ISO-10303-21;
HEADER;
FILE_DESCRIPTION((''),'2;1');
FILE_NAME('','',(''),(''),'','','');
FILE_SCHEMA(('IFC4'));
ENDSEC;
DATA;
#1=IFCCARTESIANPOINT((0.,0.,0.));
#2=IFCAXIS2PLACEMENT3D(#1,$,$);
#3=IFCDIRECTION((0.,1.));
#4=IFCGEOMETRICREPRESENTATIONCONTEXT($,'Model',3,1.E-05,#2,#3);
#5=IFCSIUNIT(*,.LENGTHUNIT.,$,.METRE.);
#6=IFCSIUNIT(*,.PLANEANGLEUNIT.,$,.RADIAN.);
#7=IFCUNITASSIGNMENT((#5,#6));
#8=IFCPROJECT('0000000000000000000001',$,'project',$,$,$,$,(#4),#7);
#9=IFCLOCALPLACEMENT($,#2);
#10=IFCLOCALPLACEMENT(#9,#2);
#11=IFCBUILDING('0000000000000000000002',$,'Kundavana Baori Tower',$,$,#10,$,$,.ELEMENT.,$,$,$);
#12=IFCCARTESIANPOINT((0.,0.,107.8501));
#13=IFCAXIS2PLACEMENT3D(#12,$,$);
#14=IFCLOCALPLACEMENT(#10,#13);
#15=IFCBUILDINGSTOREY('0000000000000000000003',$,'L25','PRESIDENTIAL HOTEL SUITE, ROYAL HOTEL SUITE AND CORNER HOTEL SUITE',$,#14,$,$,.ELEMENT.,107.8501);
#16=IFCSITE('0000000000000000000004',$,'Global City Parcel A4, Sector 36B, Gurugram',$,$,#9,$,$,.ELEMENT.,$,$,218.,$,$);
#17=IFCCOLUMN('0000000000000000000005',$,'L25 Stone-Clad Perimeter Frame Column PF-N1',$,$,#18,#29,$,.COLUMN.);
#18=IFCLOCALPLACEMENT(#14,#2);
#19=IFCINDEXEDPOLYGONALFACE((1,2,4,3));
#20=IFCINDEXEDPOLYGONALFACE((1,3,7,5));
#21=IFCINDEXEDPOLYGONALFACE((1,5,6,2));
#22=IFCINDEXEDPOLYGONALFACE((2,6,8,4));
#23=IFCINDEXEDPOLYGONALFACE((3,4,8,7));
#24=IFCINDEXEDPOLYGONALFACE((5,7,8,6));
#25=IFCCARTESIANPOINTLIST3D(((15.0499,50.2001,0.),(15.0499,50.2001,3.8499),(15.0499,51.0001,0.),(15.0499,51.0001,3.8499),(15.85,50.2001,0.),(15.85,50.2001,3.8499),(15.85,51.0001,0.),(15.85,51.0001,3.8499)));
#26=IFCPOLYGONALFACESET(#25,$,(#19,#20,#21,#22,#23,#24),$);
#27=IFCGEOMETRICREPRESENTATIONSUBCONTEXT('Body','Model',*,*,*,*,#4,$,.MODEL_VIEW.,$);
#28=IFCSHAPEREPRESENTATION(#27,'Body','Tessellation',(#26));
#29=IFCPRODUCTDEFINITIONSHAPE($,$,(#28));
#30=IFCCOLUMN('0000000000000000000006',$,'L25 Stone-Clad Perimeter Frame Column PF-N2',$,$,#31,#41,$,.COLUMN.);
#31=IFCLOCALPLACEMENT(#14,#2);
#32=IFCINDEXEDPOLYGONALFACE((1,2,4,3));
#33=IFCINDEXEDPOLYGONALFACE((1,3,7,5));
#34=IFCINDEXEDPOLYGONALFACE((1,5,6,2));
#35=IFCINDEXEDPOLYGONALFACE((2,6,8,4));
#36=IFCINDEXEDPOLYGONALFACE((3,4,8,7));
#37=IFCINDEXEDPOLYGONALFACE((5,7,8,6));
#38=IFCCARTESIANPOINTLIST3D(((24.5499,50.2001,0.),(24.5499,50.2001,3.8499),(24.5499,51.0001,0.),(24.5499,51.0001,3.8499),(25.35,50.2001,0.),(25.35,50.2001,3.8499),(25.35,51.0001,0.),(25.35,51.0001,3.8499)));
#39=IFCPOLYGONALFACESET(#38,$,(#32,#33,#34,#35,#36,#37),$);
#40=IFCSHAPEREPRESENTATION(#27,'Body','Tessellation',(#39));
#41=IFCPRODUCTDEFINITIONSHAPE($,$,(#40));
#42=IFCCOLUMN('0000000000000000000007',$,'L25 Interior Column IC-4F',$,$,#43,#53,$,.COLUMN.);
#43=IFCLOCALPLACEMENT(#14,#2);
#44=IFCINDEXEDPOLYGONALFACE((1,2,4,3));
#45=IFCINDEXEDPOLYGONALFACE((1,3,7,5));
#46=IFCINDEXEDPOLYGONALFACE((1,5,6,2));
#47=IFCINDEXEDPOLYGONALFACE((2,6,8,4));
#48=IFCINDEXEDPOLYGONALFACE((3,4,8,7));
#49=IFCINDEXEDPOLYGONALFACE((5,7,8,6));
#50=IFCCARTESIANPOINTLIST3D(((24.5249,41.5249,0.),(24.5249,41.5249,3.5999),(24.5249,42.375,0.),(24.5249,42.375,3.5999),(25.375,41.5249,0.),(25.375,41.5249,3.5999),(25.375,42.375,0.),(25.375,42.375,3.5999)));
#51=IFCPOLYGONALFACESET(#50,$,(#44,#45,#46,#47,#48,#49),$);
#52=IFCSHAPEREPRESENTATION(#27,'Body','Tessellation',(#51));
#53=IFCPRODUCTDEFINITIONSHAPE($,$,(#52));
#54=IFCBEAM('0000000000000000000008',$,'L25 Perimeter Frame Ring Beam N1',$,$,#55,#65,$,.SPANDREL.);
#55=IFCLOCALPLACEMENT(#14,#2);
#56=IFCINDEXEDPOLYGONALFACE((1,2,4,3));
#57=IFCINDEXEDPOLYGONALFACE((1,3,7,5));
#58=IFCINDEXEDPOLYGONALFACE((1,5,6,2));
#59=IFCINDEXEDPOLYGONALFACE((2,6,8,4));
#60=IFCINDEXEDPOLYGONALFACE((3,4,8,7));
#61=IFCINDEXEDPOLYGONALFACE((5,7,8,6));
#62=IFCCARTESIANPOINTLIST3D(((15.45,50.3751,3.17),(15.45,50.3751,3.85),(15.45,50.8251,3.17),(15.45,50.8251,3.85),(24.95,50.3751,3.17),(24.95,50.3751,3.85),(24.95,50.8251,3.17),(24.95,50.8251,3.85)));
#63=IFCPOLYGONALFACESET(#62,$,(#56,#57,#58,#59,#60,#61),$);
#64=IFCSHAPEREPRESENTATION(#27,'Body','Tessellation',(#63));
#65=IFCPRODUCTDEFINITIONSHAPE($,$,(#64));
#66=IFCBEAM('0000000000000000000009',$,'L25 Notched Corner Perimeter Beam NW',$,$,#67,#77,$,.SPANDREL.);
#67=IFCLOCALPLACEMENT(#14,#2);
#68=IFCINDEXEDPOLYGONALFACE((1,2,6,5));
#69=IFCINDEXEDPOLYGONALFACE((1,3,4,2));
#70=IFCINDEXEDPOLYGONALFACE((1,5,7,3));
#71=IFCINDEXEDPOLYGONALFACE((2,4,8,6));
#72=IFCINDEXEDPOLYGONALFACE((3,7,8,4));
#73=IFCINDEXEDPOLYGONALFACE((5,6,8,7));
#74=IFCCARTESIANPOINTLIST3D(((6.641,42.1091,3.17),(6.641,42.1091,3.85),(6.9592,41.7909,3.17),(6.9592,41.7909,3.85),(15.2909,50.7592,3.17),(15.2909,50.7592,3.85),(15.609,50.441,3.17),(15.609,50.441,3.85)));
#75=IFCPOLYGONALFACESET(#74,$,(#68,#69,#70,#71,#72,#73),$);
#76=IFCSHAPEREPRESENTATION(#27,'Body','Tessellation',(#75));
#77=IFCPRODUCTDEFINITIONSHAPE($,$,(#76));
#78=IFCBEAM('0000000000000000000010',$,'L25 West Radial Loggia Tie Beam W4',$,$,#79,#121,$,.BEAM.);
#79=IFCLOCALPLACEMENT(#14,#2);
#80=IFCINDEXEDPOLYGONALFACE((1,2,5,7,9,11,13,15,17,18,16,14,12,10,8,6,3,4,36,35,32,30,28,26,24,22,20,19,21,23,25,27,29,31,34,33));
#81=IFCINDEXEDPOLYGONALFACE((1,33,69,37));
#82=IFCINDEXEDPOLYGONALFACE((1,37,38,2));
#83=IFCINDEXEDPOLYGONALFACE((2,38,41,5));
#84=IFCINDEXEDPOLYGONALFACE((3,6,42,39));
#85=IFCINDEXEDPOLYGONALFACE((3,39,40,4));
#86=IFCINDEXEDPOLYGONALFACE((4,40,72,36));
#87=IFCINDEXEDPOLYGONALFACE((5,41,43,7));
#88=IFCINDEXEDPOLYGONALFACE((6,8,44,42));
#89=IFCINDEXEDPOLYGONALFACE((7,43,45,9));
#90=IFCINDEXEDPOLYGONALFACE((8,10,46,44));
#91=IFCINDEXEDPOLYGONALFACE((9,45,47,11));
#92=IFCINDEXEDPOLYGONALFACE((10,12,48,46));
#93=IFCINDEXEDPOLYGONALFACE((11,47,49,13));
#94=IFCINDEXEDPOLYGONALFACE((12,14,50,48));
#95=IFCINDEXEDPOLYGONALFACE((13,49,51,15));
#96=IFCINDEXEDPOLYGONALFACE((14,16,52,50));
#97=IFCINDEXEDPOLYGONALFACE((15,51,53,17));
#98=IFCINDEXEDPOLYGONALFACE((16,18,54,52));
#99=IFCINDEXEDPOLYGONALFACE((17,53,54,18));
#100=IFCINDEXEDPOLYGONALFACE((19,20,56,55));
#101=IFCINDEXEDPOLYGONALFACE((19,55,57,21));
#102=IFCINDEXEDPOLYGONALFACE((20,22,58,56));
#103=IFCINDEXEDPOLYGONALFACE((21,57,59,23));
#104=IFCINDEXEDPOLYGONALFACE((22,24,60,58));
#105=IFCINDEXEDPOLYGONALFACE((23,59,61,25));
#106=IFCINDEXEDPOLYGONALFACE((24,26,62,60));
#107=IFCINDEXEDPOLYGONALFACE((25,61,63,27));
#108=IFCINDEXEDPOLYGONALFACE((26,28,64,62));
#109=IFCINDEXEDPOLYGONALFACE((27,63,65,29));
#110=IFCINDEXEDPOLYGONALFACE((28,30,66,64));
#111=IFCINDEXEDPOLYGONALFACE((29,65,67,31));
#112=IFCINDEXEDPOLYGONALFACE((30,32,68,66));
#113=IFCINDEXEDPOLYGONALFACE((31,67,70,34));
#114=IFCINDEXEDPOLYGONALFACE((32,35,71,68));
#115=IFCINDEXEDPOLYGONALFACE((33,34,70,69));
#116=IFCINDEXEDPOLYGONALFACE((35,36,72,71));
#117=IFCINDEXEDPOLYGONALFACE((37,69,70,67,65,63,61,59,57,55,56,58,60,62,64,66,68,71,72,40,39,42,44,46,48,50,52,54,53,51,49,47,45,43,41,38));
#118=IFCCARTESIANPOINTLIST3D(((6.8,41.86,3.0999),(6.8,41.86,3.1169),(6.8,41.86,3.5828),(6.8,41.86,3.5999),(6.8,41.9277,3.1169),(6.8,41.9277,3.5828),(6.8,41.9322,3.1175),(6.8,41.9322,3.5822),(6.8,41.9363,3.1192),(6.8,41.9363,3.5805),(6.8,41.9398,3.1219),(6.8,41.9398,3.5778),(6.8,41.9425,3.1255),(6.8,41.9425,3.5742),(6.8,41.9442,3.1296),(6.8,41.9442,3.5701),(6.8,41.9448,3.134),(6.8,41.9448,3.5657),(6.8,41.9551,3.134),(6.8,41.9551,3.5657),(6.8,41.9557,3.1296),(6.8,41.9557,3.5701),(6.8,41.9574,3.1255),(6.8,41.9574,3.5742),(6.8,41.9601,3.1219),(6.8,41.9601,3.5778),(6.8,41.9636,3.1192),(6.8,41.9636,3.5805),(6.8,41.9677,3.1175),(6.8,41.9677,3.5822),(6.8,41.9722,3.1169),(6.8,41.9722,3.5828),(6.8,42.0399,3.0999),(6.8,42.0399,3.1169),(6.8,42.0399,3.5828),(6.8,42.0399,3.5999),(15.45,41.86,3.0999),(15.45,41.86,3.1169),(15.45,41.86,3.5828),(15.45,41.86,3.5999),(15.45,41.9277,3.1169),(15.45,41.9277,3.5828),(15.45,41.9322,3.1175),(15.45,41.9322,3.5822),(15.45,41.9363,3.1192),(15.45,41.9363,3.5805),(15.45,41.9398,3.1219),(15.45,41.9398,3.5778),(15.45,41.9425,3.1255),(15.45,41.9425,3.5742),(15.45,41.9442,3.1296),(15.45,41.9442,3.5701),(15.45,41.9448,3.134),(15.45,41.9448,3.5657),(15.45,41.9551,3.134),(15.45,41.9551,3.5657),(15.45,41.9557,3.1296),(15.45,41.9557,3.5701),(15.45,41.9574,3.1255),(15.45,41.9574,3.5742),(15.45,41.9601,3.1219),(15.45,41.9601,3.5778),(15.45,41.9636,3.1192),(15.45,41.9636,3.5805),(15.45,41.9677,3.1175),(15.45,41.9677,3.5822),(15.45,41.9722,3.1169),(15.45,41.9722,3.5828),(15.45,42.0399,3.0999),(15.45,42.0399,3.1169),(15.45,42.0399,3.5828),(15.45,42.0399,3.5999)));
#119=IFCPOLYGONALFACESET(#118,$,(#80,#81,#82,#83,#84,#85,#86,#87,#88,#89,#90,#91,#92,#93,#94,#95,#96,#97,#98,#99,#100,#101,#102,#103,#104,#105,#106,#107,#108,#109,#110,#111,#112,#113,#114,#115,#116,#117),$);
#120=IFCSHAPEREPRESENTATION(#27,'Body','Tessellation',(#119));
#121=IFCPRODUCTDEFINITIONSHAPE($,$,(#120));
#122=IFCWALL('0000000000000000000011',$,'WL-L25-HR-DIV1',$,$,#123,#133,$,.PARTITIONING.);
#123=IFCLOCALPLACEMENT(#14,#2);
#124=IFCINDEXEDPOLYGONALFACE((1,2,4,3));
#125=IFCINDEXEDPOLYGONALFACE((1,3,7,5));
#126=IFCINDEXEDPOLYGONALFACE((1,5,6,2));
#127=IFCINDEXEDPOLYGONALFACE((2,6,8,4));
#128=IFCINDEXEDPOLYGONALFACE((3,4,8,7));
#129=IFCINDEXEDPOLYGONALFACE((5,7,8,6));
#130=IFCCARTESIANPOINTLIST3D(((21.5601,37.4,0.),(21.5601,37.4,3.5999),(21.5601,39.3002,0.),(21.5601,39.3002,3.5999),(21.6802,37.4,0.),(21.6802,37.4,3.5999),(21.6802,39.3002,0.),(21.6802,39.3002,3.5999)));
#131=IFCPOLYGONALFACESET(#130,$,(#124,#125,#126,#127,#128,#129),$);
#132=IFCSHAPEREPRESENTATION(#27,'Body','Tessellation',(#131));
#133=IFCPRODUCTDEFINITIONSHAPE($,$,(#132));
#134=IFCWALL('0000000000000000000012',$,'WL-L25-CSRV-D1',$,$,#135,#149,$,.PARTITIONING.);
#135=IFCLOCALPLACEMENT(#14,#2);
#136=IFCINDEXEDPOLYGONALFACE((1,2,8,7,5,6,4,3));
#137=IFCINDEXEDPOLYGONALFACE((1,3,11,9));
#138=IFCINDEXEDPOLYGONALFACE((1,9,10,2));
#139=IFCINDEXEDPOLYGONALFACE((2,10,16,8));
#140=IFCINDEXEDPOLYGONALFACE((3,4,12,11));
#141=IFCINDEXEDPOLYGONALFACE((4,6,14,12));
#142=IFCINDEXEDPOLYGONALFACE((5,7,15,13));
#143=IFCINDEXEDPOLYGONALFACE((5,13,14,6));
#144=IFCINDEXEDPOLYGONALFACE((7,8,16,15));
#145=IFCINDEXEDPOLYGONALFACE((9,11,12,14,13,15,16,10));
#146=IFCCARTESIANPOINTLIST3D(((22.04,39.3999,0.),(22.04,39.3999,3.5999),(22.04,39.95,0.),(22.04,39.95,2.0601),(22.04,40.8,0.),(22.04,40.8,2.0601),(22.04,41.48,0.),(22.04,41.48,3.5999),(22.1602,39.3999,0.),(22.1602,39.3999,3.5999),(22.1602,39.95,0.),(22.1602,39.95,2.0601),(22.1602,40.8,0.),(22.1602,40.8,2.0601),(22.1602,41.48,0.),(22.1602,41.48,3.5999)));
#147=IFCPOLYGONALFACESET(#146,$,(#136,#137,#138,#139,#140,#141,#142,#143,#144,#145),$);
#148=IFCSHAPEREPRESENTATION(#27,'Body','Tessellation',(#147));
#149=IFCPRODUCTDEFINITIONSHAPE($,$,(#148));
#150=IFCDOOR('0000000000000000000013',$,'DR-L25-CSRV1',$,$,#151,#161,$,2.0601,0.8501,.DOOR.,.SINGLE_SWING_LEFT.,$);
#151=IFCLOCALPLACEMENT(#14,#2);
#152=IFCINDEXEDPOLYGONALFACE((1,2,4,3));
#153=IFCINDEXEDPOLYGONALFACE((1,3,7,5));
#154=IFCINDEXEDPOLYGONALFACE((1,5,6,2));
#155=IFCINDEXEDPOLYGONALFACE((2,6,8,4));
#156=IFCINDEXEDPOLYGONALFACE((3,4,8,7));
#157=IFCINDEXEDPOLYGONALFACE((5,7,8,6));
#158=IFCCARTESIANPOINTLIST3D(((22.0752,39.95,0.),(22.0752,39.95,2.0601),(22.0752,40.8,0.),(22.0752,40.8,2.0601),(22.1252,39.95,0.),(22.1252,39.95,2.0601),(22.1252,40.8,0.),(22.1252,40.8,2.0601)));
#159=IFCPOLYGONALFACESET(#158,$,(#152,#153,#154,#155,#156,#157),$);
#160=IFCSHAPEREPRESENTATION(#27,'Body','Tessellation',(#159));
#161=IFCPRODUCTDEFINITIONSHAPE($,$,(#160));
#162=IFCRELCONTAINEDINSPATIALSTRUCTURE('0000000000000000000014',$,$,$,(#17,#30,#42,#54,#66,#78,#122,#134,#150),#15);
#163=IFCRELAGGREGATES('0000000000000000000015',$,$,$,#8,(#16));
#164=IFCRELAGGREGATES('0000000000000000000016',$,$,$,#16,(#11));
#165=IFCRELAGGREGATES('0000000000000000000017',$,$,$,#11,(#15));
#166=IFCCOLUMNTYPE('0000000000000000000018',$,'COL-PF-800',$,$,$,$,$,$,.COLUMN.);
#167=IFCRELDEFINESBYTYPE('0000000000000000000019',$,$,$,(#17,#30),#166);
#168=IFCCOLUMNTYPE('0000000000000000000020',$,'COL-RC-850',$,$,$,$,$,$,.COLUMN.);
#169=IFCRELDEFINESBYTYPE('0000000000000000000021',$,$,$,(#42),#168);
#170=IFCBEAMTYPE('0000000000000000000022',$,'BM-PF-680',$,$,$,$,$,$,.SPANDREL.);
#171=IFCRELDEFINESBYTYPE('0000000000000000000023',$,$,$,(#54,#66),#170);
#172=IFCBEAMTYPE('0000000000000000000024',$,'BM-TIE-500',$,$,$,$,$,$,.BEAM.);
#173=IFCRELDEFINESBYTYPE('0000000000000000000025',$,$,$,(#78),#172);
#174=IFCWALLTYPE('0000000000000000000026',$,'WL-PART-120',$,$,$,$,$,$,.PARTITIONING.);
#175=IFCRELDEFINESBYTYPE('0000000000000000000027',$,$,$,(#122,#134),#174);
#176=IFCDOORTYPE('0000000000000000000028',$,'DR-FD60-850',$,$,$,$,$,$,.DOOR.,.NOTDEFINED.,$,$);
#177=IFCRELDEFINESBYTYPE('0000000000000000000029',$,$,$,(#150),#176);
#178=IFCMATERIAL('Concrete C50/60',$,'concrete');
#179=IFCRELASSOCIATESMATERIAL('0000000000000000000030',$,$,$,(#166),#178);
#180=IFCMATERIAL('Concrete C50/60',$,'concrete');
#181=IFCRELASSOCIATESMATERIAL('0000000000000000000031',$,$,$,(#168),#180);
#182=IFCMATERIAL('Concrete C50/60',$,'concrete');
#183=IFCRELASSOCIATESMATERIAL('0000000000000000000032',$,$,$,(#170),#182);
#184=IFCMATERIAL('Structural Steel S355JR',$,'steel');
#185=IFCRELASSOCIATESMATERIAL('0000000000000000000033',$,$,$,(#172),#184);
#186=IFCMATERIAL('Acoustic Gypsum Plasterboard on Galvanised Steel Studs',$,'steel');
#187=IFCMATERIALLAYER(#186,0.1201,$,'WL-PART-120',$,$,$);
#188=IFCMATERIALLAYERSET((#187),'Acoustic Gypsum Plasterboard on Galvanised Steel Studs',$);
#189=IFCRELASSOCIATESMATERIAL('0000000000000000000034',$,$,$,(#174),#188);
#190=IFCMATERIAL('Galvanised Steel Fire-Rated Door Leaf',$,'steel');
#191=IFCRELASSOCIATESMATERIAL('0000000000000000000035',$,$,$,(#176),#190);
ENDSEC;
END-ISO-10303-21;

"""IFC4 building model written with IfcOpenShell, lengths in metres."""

from ifc_helpers import new_model, si_unit, direction, frame, frame_2d, origin, origin_2d, place, context, subcontext, project, spatial, rectangle, i_section, extrude, material, layer, layer_set, material_profile, profile_set, type_object, element, fill, save


model = new_model("IFC4")

# Units and contexts
model_context = context("Model", 3, precision=1e-05, world=origin(), true_north=direction((0.0, 1.0)))
body_context = subcontext(model_context, "Body", "Model", "MODEL_VIEW")
ifc_project = project(units=[si_unit("LENGTHUNIT", "METRE"), si_unit("PLANEANGLEUNIT", "RADIAN")], contexts=[model_context])

# Site, building, storey
site_placement = place(None, origin())
site = spatial("IfcSite", under=ifc_project, at=site_placement, Name="Global City Parcel A4, Sector 36B, Gurugram", CompositionType="ELEMENT", RefElevation=218.0)
building_placement = place(site_placement, origin())
building = spatial("IfcBuilding", under=site, at=building_placement, Name="Kundavana Baori Tower", CompositionType="ELEMENT")
storey_placement = place(building_placement, frame((0.0, 0.0, 107.8501)))
storey = spatial("IfcBuildingStorey", under=building, at=storey_placement, Name="L25", Description="PRESIDENTIAL HOTEL SUITE, ROYAL HOTEL SUITE AND CORNER HOTEL SUITE", CompositionType="ELEMENT", Elevation=107.8501)

# Columns
ifc_material_1 = material(Name="Concrete C50/60", Category="concrete")
ifc_material_profile_1 = material_profile(ifc_material_1, rectangle(XDim=0.8, YDim=0.8, at=origin_2d()), Name="RC PF 800x800")
ifc_profile_set_1 = profile_set([ifc_material_profile_1], Name="Concrete C50/60")
column_type_1 = type_object("IfcColumnType", Name="COL-PF-800", PredefinedType="COLUMN", material=ifc_profile_set_1)
for number, where, z_axis, x_axis, name in (
    (1, (15.45, 50.6001, 0.0), (0.0, 0.0, 1.0), (1.0, 0.0, 0.0), "L25 Stone-Clad Perimeter Frame Column PF-N1"),
    (2, (24.95, 50.6001, 0.0), (0.0, 0.0, 1.0), (1.0, 0.0, 0.0), "L25 Stone-Clad Perimeter Frame Column PF-N2"),
):
    element("IfcColumn", number, at=place(storey_placement, frame(where, z_axis=z_axis, x_axis=x_axis)), inside=storey, type_object=column_type_1, Name=name, PredefinedType="COLUMN", context=body_context, shape_type="SweptSolid", body=[
        extrude(rectangle(XDim=0.8, YDim=0.8, at=origin_2d()), origin(), (0.0, 0.0, 1.0), 3.8499),
    ])
ifc_material_2 = material(Name="Concrete C50/60", Category="concrete")
ifc_material_profile_2 = material_profile(ifc_material_2, rectangle(XDim=0.8501, YDim=0.8501, at=origin_2d()), Name="RC 850x850")
ifc_profile_set_2 = profile_set([ifc_material_profile_2], Name="Concrete C50/60")
column_type_2 = type_object("IfcColumnType", Name="COL-RC-850", PredefinedType="COLUMN", material=ifc_profile_set_2)
column_placement = place(storey_placement, frame((24.95, 41.95, 0.0), z_axis=(0.0, 0.0, 1.0), x_axis=(1.0, 0.0, 0.0)))
element("IfcColumn", 3, at=column_placement, inside=storey, type_object=column_type_2, Name="L25 Interior Column IC-4F", PredefinedType="COLUMN", context=body_context, shape_type="SweptSolid", body=[
    extrude(rectangle(XDim=0.8501, YDim=0.8501, at=origin_2d()), origin(), (0.0, 0.0, 1.0), 3.5999),
])

# Beams
ifc_material_3 = material(Name="Concrete C50/60", Category="concrete")
ifc_material_profile_3 = material_profile(ifc_material_3, rectangle(XDim=0.45, YDim=0.6799, at=origin_2d()), Name="RC BM 450x680")
ifc_profile_set_3 = profile_set([ifc_material_profile_3], Name="Concrete C50/60")
beam_type_1 = type_object("IfcBeamType", Name="BM-PF-680", PredefinedType="SPANDREL", material=ifc_profile_set_3)
beam_1_placement = place(storey_placement, frame((15.45, 50.6001, 3.51), z_axis=(1.0, 0.0, 0.0), x_axis=(0.0, 1.0, 0.0)))
element("IfcBeam", 4, at=beam_1_placement, inside=storey, type_object=beam_type_1, Name="L25 Perimeter Frame Ring Beam N1", PredefinedType="SPANDREL", context=body_context, shape_type="SweptSolid", body=[
    extrude(rectangle(XDim=0.45, YDim=0.6799, at=origin_2d()), origin(), (0.0, 0.0, 1.0), 9.5),
])
beam_2_placement = place(storey_placement, frame((15.45, 50.6001, 3.51), z_axis=(-0.707097, -0.707117, 0.0), x_axis=(0.707117, -0.707097, 0.0)))
element("IfcBeam", 5, at=beam_2_placement, inside=storey, type_object=beam_type_1, Name="L25 Notched Corner Perimeter Beam NW", PredefinedType="SPANDREL", context=body_context, shape_type="SweptSolid", body=[
    extrude(rectangle(XDim=0.45, YDim=0.6799, at=origin_2d()), origin(), (0.0, 0.0, 1.0), 12.2329),
])
ifc_material_4 = material(Name="Structural Steel S355JR", Category="steel")
ifc_material_profile_4 = material_profile(ifc_material_4, i_section(OverallWidth=0.1799, OverallDepth=0.5, WebThickness=0.0103, FlangeThickness=0.0171, FilletRadius=0.0171, at=origin_2d()), Name="ISMB 500")
ifc_profile_set_4 = profile_set([ifc_material_profile_4], Name="Structural Steel S355JR")
beam_type_2 = type_object("IfcBeamType", Name="BM-TIE-500", PredefinedType="BEAM", material=ifc_profile_set_4)
beam_3_placement = place(storey_placement, frame((15.45, 41.95, 3.3499), z_axis=(-1.0, 0.0, 0.0), x_axis=(0.0, -1.0, 0.0)))
element("IfcBeam", 6, at=beam_3_placement, inside=storey, type_object=beam_type_2, Name="L25 West Radial Loggia Tie Beam W4", PredefinedType="BEAM", context=body_context, shape_type="SweptSolid", body=[
    extrude(i_section(OverallWidth=0.1799, OverallDepth=0.5, WebThickness=0.0103, FlangeThickness=0.0171, FilletRadius=0.0171, at=origin_2d()), origin(), (0.0, 0.0, 1.0), 8.6499),
])

# Wall
ifc_material_5 = material(Name="Acoustic Gypsum Plasterboard on Galvanised Steel Studs", Category="steel")
ifc_layer_1 = layer(ifc_material_5, 0.1201, Name="WL-PART-120")
ifc_layer_set_1 = layer_set([ifc_layer_1], Name="Acoustic Gypsum Plasterboard on Galvanised Steel Studs")
wall_type_1 = type_object("IfcWallType", Name="WL-PART-120", PredefinedType="PARTITIONING", material=ifc_layer_set_1)
wall_1_placement = place(storey_placement, frame((21.6201, 37.3999, 0.0), z_axis=(0.0, 0.0, 1.0), x_axis=(0.0, 1.0, 0.0)))
element("IfcWall", 7, at=wall_1_placement, inside=storey, type_object=wall_type_1, Name="WL-L25-HR-DIV1", PredefinedType="PARTITIONING", context=body_context, shape_type="SweptSolid", body=[
    extrude(rectangle(XDim=1.9001, YDim=0.1201, at=frame_2d((0.9502, 0.0))), origin(), (0.0, 0.0, 1.0), 3.5999),
])

# Wall, opening, door
wall_2_placement = place(storey_placement, frame((22.1001, 39.3999, 0.0), z_axis=(0.0, 0.0, 1.0), x_axis=(0.0, 1.0, 0.0)))
wall_2 = element("IfcWall", 8, at=wall_2_placement, inside=storey, type_object=wall_type_1, Name="WL-L25-CSRV-D1", PredefinedType="PARTITIONING", context=body_context, shape_type="SweptSolid", body=[
    extrude(rectangle(XDim=2.0801, YDim=0.1201, at=frame_2d((1.04, 0.0))), origin(), (0.0, 0.0, 1.0), 3.5999),
])
opening_1_placement = place(wall_2_placement, frame((0.55, 0.0, 0.0)))
opening_1 = element("IfcOpeningElement", 9, at=opening_1_placement, cuts=wall_2, PredefinedType="OPENING", context=body_context, shape_type="SweptSolid", body=[
    extrude(rectangle(XDim=0.8501, YDim=2.0601, at=frame_2d((0.425, 1.03))), frame((0.0, 0.0701, 0.0), z_axis=(0.0, -1.0, 0.0), x_axis=(1.0, 0.0, 0.0)), (0.0, 0.0, 1.0), 0.1401),
])
ifc_material_6 = material(Name="Galvanised Steel Fire-Rated Door Leaf", Category="steel")
door_type_1 = type_object("IfcDoorType", Name="DR-FD60-850", OperationType="NOTDEFINED", PredefinedType="DOOR", material=ifc_material_6)
door_1_placement = place(opening_1_placement, origin())
door_1 = element("IfcDoor", 10, at=door_1_placement, inside=storey, type_object=door_type_1, Name="DR-L25-CSRV1", OperationType="SINGLE_SWING_LEFT", OverallHeight=2.0601, OverallWidth=0.8501, PredefinedType="DOOR", context=body_context, shape_type="SweptSolid", body=[
    extrude(rectangle(XDim=0.8501, YDim=2.0601, at=frame_2d((0.425, 1.03))), frame((0.0, 0.0249, 0.0), z_axis=(0.0, -1.0, 0.0), x_axis=(1.0, 0.0, 0.0)), (0.0, 0.0, 1.0), 0.05),
])
fill(opening_1, door_1)

save(model, "model.ifc")
